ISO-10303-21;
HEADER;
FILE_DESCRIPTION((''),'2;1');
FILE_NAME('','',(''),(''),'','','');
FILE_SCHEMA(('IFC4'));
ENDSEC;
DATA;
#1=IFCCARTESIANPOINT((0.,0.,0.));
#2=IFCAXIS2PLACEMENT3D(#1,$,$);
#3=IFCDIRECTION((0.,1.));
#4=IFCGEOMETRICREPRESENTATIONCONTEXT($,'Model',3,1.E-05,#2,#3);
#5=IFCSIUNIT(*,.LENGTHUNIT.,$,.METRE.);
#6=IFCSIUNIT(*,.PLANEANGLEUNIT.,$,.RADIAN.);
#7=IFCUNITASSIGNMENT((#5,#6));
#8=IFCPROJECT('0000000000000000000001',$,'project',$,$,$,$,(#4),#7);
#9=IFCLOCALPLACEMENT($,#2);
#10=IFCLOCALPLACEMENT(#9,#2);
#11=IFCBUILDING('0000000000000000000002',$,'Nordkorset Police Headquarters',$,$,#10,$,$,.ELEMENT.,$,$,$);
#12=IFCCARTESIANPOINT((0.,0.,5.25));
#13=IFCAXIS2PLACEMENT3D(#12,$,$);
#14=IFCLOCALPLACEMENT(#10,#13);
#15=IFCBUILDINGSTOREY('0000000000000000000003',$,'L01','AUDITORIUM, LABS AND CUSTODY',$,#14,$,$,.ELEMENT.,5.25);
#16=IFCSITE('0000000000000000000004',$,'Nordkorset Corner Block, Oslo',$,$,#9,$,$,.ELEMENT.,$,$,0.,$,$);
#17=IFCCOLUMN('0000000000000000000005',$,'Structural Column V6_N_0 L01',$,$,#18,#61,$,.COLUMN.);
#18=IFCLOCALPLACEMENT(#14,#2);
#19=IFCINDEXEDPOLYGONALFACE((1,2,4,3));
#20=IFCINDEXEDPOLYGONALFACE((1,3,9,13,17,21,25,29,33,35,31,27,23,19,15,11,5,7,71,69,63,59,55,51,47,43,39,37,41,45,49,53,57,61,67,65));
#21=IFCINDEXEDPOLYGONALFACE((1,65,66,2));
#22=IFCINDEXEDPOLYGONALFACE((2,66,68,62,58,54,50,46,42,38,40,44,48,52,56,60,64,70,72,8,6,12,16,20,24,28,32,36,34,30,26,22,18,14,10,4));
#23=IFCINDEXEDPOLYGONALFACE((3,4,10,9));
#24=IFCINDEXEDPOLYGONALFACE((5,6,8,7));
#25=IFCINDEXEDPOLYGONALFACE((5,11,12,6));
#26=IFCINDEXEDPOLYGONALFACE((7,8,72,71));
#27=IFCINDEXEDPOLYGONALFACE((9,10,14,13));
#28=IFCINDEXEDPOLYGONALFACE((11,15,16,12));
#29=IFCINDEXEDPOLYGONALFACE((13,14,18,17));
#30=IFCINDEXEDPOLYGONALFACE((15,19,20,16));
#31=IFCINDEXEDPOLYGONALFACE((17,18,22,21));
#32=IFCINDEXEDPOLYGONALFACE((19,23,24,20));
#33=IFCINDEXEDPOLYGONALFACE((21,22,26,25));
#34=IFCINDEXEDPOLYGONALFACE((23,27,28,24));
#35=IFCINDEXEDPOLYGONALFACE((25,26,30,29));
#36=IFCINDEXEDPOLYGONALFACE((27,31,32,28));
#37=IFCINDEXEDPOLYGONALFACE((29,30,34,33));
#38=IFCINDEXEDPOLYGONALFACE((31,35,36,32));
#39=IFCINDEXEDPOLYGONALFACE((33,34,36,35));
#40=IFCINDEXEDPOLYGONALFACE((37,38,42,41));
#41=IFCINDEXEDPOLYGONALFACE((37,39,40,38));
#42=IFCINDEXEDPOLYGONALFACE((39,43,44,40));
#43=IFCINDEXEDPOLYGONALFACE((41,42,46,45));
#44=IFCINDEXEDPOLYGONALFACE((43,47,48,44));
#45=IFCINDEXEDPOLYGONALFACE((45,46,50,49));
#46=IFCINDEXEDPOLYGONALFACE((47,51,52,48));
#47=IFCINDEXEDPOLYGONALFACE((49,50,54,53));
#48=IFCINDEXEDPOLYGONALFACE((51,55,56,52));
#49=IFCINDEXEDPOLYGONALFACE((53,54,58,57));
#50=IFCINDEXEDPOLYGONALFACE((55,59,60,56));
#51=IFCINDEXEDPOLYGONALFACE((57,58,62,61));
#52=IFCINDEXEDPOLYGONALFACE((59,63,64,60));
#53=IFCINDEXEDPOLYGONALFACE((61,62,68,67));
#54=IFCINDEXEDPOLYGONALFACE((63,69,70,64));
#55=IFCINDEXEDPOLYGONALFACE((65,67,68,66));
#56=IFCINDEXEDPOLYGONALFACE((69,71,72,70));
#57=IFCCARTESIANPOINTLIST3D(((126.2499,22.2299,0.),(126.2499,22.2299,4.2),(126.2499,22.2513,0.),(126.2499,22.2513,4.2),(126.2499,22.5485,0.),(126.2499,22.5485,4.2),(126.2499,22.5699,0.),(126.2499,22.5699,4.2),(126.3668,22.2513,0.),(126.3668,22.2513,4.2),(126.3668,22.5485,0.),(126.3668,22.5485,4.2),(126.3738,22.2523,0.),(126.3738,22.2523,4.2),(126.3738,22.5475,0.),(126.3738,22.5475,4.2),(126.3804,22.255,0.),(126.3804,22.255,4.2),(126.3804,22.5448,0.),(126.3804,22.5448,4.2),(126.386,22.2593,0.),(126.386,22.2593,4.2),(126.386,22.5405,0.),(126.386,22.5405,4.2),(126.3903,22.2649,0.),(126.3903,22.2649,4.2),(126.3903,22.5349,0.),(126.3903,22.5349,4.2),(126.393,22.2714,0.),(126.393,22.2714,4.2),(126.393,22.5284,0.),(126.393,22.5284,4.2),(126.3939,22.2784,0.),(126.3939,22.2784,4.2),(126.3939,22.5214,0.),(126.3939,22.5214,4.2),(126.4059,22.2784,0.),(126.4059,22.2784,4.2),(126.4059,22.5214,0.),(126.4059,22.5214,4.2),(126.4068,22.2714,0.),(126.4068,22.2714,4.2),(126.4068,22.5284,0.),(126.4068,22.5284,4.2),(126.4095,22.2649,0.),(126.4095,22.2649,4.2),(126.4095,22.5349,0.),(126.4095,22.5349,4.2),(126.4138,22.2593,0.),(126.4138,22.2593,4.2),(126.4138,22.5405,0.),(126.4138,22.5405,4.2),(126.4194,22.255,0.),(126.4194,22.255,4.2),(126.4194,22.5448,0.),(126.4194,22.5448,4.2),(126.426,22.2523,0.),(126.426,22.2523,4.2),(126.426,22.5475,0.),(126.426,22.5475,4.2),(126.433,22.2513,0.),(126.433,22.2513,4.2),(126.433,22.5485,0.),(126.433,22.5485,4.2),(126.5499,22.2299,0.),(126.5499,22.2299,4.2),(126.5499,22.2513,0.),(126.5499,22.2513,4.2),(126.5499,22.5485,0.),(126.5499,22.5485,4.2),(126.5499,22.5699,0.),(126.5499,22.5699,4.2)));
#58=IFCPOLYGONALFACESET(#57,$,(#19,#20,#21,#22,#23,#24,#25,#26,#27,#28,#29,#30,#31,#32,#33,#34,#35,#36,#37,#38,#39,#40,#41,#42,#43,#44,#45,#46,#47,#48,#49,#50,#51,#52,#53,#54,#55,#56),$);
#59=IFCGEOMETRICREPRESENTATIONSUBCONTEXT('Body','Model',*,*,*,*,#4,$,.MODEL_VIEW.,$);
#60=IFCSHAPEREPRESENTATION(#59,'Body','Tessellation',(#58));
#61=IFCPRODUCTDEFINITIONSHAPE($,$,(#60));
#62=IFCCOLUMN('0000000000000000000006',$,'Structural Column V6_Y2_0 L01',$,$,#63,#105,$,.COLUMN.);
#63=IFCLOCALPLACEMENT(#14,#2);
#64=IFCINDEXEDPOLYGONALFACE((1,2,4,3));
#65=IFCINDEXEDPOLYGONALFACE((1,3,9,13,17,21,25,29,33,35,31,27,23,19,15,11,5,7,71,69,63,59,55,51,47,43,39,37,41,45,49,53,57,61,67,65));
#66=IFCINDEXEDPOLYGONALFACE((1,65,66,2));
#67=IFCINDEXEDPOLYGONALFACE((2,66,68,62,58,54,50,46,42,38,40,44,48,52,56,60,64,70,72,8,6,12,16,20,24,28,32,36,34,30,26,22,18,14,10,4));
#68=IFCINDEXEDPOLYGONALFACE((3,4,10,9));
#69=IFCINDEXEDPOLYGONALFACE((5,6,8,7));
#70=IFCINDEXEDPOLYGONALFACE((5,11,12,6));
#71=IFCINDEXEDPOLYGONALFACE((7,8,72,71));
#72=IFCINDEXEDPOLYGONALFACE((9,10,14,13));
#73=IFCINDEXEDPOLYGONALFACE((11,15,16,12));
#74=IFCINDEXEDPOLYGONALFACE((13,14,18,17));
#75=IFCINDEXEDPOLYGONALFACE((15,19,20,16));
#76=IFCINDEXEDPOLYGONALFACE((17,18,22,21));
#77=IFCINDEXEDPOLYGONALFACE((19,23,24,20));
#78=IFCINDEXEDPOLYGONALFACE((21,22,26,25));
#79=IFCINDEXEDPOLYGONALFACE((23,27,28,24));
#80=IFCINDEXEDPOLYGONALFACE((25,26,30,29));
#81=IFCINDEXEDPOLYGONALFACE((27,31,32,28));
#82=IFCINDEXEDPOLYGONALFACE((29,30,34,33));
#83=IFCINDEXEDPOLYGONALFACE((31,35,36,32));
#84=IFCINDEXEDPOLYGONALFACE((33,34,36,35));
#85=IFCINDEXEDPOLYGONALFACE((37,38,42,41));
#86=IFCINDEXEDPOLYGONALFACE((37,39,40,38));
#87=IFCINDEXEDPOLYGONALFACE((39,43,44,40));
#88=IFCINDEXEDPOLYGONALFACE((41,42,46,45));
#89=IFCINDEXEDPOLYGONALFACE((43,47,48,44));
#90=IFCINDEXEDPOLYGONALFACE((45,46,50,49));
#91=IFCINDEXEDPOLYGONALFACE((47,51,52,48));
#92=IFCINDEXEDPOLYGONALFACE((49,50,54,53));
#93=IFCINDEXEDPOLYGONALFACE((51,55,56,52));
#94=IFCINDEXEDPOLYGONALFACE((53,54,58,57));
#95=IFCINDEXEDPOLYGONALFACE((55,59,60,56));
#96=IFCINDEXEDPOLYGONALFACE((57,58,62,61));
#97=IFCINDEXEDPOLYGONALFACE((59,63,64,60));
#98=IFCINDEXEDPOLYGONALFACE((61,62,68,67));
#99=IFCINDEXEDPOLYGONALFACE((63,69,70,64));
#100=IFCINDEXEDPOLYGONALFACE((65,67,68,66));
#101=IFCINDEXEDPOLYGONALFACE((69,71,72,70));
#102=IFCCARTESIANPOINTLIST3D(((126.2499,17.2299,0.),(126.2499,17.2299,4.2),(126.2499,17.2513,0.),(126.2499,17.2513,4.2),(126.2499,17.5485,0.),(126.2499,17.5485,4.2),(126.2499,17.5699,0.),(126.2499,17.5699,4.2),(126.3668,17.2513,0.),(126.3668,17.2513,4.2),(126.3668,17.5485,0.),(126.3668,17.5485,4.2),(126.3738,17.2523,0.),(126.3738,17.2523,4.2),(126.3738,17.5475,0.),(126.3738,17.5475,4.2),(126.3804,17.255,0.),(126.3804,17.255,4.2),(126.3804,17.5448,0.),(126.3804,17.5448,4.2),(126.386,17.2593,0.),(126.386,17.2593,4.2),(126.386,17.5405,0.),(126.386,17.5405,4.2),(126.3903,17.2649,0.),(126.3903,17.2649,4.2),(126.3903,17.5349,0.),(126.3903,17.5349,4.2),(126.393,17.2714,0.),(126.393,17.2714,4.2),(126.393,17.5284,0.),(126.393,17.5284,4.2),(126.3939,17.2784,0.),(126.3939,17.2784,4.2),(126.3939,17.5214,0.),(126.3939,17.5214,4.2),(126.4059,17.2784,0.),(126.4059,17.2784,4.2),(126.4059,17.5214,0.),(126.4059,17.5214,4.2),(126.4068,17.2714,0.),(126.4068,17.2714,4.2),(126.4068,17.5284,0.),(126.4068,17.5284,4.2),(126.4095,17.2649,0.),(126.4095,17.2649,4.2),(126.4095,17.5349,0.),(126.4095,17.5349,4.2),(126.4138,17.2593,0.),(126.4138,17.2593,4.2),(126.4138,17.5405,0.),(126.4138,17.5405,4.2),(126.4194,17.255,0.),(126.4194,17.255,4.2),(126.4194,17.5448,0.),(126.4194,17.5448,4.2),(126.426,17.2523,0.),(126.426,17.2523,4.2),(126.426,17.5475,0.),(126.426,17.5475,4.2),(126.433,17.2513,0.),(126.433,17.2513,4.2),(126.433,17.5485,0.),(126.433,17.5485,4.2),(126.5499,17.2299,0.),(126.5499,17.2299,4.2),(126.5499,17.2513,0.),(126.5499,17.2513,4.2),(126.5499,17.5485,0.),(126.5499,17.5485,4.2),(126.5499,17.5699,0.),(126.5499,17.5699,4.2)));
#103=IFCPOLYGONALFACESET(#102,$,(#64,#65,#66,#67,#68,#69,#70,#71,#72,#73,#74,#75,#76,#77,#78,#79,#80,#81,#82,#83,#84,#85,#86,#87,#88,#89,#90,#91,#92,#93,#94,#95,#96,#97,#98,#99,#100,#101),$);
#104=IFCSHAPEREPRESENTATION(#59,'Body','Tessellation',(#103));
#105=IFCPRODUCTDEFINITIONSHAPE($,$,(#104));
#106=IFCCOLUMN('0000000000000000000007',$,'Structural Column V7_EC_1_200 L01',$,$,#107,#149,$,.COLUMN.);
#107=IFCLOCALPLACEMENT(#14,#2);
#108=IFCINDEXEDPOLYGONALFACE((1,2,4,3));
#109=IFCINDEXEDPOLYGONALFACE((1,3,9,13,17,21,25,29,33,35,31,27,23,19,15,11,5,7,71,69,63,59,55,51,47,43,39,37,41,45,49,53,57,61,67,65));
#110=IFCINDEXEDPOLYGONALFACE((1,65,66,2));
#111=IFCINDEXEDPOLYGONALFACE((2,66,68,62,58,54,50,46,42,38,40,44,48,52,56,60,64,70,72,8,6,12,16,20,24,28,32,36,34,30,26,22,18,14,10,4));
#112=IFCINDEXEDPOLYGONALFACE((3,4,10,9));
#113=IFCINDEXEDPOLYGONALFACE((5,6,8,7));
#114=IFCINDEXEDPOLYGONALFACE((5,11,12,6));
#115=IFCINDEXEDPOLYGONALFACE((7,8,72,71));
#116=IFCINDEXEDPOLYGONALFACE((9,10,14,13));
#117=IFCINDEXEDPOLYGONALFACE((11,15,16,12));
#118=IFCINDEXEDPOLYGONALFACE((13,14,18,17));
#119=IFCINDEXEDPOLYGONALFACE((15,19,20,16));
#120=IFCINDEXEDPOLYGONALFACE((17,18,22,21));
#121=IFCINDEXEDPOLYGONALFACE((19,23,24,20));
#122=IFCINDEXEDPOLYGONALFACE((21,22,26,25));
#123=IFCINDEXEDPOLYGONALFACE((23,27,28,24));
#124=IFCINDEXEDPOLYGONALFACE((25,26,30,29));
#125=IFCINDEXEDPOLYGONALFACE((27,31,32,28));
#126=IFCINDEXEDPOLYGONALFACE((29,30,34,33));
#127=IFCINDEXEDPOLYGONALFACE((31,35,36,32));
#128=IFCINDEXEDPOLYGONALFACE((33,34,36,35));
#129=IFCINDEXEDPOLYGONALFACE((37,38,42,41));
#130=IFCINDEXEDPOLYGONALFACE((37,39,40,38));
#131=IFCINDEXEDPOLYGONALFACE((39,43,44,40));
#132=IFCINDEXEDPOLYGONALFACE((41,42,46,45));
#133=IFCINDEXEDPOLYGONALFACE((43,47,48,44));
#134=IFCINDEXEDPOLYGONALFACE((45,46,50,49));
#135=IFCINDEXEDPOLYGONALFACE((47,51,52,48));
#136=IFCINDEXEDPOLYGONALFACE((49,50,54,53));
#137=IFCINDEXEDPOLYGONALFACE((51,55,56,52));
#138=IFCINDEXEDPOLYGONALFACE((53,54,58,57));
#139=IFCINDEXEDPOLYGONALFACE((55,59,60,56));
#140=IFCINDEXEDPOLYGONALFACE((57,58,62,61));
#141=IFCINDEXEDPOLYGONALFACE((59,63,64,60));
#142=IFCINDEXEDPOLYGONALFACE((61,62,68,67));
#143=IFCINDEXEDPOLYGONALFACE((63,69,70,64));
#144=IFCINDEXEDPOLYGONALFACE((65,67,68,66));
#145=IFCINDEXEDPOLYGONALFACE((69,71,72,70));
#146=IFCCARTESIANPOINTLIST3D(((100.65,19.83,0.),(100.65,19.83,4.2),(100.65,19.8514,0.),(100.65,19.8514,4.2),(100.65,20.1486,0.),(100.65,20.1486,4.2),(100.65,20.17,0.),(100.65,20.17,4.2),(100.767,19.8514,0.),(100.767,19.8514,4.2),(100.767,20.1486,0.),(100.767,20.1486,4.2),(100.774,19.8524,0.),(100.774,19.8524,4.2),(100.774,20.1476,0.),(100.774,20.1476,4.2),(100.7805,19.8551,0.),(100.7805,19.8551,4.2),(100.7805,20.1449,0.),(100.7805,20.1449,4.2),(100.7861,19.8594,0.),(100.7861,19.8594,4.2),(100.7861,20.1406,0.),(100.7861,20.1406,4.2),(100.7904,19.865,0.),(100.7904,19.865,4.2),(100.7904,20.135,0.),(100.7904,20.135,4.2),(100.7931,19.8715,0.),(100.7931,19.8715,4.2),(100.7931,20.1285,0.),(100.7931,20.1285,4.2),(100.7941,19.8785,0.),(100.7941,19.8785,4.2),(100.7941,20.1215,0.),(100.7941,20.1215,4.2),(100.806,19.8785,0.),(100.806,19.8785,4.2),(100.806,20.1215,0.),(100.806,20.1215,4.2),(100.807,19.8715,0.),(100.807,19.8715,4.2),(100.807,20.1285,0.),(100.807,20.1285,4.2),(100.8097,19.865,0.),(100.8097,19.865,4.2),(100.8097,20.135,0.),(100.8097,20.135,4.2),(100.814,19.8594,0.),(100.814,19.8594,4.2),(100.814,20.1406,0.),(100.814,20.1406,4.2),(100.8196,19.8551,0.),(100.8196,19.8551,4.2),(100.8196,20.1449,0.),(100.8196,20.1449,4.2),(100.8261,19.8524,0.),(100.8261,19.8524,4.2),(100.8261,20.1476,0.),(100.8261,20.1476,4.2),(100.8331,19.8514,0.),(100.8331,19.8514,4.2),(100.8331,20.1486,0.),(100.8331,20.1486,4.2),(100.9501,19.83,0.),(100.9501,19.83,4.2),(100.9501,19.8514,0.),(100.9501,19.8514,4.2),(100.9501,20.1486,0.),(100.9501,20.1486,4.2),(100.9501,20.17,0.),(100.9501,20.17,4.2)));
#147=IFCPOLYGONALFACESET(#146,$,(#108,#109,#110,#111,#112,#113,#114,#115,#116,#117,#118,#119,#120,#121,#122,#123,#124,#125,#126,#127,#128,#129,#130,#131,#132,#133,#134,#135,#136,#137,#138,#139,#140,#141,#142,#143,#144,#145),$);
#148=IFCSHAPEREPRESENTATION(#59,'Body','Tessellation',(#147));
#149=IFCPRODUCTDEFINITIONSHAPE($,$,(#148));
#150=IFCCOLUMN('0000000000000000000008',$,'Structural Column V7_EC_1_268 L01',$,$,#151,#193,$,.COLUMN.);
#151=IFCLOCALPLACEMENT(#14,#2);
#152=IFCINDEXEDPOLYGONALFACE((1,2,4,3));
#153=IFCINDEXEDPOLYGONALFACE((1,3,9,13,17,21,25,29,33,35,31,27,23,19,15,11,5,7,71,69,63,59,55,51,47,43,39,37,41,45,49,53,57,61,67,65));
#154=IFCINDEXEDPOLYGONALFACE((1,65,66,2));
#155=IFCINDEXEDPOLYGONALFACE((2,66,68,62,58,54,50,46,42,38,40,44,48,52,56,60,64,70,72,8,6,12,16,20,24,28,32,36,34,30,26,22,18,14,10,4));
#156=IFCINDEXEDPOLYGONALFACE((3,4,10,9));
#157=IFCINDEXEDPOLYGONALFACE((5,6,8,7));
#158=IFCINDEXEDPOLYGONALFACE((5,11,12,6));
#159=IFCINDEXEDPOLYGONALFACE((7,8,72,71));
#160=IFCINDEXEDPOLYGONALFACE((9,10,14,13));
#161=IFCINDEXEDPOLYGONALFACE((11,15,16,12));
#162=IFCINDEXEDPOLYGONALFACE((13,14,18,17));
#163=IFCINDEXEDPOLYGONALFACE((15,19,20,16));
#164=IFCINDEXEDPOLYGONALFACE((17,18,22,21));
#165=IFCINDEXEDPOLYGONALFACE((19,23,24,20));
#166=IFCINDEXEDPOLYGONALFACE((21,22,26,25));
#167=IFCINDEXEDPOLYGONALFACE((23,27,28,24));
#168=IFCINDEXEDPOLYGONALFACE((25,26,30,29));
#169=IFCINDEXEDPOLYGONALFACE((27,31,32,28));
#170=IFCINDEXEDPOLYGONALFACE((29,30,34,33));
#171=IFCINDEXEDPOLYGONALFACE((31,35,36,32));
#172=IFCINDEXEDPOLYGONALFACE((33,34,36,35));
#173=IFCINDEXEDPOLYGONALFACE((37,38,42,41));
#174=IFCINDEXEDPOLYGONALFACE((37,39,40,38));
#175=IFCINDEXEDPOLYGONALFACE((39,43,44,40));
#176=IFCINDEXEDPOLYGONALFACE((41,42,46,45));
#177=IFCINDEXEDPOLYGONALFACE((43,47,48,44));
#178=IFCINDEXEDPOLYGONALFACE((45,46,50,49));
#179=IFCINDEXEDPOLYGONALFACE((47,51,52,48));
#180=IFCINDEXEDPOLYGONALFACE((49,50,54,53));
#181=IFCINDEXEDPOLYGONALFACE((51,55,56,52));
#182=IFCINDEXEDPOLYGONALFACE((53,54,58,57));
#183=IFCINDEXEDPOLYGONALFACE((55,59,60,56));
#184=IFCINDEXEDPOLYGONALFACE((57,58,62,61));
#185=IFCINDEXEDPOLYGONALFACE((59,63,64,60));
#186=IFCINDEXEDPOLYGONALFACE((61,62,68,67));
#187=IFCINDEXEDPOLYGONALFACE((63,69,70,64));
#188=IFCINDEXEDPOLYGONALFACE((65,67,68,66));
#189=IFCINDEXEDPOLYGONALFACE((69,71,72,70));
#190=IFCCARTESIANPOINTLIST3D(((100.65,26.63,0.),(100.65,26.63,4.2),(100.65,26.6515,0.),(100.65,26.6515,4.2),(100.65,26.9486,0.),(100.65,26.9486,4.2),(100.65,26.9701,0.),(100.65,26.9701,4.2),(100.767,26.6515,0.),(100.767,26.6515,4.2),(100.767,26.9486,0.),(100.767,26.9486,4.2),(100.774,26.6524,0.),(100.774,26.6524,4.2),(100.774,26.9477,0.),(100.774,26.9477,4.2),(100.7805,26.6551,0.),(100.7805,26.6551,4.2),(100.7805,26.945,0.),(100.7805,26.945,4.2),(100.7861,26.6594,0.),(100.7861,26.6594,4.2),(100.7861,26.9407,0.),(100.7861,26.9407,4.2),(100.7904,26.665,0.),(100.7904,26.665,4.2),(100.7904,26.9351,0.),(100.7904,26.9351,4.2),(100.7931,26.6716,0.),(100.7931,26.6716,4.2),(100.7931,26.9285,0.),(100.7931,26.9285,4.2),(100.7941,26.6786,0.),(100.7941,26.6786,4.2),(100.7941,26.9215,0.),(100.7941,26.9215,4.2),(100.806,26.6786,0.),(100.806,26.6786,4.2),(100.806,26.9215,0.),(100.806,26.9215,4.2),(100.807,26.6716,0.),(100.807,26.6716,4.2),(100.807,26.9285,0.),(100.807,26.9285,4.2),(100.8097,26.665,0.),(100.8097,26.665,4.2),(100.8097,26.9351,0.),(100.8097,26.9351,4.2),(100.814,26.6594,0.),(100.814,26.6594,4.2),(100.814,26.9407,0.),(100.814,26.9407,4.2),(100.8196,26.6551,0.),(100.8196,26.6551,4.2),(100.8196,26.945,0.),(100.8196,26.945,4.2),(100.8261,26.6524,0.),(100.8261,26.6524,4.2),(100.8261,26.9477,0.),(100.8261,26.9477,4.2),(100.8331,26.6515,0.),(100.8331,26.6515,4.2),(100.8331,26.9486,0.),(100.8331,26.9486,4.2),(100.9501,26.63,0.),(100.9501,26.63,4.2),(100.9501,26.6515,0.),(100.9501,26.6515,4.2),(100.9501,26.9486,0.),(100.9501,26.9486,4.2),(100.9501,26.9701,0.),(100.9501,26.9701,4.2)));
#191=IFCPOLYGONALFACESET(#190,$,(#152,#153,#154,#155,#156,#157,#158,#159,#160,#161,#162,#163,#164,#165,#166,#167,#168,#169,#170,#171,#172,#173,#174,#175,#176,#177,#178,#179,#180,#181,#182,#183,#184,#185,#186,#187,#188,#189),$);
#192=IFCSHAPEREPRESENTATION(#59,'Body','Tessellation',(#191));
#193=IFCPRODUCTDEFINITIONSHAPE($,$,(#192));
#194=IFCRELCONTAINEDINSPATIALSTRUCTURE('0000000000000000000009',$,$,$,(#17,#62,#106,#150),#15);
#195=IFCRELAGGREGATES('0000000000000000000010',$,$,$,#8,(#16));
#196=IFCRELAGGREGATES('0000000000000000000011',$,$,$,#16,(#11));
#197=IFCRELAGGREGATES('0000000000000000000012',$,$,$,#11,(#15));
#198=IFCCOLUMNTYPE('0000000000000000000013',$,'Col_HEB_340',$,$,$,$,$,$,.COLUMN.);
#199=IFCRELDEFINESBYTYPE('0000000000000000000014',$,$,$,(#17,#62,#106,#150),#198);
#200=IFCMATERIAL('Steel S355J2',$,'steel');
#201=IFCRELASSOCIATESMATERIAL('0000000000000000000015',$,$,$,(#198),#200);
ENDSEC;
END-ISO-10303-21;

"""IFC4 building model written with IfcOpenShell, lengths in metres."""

from ifc_helpers import new_model, si_unit, direction, frame, origin, origin_2d, place, context, subcontext, project, spatial, i_section, extrude, material, material_profile, profile_set, type_object, element, save


model = new_model("IFC4")

# Units and contexts
model_context = context("Model", 3, precision=1e-05, world=origin(), true_north=direction((0.0, 1.0)))
body_context = subcontext(model_context, "Body", "Model", "MODEL_VIEW")
ifc_project = project(units=[si_unit("LENGTHUNIT", "METRE"), si_unit("PLANEANGLEUNIT", "RADIAN")], contexts=[model_context])

# Site, building, storey
site_placement = place(None, origin())
site = spatial("IfcSite", under=ifc_project, at=site_placement, Name="Nordkorset Corner Block, Oslo", CompositionType="ELEMENT", RefElevation=0.0)
building_placement = place(site_placement, origin())
building = spatial("IfcBuilding", under=site, at=building_placement, Name="Nordkorset Police Headquarters", CompositionType="ELEMENT")
storey_placement = place(building_placement, frame((0.0, 0.0, 5.25)))
storey = spatial("IfcBuildingStorey", under=building, at=storey_placement, Name="L01", Description="AUDITORIUM, LABS AND CUSTODY", CompositionType="ELEMENT", Elevation=5.25)

# Columns
ifc_material_1 = material(Name="Steel S355J2", Category="steel")
ifc_material_profile_1 = material_profile(ifc_material_1, i_section(OverallWidth=0.3, OverallDepth=0.3401, WebThickness=0.012, FlangeThickness=0.0215, FilletRadius=0.0271, at=origin_2d()), Name="HEB 340")
ifc_profile_set_1 = profile_set([ifc_material_profile_1], Name="Steel S355J2")
column_type_1 = type_object("IfcColumnType", Name="Col_HEB_340", PredefinedType="COLUMN", material=ifc_profile_set_1)
for number, where, z_axis, x_axis, name in (
    (1, (126.3999, 22.3999, 0.0), (0.0, 0.0, 1.0), (1.0, 0.0, 0.0), "Structural Column V6_N_0 L01"),
    (2, (126.3999, 17.3999, 0.0), (0.0, 0.0, 1.0), (1.0, 0.0, 0.0), "Structural Column V6_Y2_0 L01"),
    (3, (100.8, 20.0, 0.0), (0.0, 0.0, 1.0), (1.0, 0.0, 0.0), "Structural Column V7_EC_1_200 L01"),
    (4, (100.8, 26.8, 0.0), (0.0, 0.0, 1.0), (1.0, 0.0, 0.0), "Structural Column V7_EC_1_268 L01"),
):
    element("IfcColumn", number, at=place(storey_placement, frame(where, z_axis=z_axis, x_axis=x_axis)), inside=storey, type_object=column_type_1, Name=name, PredefinedType="COLUMN", context=body_context, shape_type="SweptSolid", body=[
        extrude(i_section(OverallWidth=0.3, OverallDepth=0.3401, WebThickness=0.012, FlangeThickness=0.0215, FilletRadius=0.0271, at=origin_2d()), origin(), (0.0, 0.0, 1.0), 4.2),
    ])

save(model, "model.ifc")
